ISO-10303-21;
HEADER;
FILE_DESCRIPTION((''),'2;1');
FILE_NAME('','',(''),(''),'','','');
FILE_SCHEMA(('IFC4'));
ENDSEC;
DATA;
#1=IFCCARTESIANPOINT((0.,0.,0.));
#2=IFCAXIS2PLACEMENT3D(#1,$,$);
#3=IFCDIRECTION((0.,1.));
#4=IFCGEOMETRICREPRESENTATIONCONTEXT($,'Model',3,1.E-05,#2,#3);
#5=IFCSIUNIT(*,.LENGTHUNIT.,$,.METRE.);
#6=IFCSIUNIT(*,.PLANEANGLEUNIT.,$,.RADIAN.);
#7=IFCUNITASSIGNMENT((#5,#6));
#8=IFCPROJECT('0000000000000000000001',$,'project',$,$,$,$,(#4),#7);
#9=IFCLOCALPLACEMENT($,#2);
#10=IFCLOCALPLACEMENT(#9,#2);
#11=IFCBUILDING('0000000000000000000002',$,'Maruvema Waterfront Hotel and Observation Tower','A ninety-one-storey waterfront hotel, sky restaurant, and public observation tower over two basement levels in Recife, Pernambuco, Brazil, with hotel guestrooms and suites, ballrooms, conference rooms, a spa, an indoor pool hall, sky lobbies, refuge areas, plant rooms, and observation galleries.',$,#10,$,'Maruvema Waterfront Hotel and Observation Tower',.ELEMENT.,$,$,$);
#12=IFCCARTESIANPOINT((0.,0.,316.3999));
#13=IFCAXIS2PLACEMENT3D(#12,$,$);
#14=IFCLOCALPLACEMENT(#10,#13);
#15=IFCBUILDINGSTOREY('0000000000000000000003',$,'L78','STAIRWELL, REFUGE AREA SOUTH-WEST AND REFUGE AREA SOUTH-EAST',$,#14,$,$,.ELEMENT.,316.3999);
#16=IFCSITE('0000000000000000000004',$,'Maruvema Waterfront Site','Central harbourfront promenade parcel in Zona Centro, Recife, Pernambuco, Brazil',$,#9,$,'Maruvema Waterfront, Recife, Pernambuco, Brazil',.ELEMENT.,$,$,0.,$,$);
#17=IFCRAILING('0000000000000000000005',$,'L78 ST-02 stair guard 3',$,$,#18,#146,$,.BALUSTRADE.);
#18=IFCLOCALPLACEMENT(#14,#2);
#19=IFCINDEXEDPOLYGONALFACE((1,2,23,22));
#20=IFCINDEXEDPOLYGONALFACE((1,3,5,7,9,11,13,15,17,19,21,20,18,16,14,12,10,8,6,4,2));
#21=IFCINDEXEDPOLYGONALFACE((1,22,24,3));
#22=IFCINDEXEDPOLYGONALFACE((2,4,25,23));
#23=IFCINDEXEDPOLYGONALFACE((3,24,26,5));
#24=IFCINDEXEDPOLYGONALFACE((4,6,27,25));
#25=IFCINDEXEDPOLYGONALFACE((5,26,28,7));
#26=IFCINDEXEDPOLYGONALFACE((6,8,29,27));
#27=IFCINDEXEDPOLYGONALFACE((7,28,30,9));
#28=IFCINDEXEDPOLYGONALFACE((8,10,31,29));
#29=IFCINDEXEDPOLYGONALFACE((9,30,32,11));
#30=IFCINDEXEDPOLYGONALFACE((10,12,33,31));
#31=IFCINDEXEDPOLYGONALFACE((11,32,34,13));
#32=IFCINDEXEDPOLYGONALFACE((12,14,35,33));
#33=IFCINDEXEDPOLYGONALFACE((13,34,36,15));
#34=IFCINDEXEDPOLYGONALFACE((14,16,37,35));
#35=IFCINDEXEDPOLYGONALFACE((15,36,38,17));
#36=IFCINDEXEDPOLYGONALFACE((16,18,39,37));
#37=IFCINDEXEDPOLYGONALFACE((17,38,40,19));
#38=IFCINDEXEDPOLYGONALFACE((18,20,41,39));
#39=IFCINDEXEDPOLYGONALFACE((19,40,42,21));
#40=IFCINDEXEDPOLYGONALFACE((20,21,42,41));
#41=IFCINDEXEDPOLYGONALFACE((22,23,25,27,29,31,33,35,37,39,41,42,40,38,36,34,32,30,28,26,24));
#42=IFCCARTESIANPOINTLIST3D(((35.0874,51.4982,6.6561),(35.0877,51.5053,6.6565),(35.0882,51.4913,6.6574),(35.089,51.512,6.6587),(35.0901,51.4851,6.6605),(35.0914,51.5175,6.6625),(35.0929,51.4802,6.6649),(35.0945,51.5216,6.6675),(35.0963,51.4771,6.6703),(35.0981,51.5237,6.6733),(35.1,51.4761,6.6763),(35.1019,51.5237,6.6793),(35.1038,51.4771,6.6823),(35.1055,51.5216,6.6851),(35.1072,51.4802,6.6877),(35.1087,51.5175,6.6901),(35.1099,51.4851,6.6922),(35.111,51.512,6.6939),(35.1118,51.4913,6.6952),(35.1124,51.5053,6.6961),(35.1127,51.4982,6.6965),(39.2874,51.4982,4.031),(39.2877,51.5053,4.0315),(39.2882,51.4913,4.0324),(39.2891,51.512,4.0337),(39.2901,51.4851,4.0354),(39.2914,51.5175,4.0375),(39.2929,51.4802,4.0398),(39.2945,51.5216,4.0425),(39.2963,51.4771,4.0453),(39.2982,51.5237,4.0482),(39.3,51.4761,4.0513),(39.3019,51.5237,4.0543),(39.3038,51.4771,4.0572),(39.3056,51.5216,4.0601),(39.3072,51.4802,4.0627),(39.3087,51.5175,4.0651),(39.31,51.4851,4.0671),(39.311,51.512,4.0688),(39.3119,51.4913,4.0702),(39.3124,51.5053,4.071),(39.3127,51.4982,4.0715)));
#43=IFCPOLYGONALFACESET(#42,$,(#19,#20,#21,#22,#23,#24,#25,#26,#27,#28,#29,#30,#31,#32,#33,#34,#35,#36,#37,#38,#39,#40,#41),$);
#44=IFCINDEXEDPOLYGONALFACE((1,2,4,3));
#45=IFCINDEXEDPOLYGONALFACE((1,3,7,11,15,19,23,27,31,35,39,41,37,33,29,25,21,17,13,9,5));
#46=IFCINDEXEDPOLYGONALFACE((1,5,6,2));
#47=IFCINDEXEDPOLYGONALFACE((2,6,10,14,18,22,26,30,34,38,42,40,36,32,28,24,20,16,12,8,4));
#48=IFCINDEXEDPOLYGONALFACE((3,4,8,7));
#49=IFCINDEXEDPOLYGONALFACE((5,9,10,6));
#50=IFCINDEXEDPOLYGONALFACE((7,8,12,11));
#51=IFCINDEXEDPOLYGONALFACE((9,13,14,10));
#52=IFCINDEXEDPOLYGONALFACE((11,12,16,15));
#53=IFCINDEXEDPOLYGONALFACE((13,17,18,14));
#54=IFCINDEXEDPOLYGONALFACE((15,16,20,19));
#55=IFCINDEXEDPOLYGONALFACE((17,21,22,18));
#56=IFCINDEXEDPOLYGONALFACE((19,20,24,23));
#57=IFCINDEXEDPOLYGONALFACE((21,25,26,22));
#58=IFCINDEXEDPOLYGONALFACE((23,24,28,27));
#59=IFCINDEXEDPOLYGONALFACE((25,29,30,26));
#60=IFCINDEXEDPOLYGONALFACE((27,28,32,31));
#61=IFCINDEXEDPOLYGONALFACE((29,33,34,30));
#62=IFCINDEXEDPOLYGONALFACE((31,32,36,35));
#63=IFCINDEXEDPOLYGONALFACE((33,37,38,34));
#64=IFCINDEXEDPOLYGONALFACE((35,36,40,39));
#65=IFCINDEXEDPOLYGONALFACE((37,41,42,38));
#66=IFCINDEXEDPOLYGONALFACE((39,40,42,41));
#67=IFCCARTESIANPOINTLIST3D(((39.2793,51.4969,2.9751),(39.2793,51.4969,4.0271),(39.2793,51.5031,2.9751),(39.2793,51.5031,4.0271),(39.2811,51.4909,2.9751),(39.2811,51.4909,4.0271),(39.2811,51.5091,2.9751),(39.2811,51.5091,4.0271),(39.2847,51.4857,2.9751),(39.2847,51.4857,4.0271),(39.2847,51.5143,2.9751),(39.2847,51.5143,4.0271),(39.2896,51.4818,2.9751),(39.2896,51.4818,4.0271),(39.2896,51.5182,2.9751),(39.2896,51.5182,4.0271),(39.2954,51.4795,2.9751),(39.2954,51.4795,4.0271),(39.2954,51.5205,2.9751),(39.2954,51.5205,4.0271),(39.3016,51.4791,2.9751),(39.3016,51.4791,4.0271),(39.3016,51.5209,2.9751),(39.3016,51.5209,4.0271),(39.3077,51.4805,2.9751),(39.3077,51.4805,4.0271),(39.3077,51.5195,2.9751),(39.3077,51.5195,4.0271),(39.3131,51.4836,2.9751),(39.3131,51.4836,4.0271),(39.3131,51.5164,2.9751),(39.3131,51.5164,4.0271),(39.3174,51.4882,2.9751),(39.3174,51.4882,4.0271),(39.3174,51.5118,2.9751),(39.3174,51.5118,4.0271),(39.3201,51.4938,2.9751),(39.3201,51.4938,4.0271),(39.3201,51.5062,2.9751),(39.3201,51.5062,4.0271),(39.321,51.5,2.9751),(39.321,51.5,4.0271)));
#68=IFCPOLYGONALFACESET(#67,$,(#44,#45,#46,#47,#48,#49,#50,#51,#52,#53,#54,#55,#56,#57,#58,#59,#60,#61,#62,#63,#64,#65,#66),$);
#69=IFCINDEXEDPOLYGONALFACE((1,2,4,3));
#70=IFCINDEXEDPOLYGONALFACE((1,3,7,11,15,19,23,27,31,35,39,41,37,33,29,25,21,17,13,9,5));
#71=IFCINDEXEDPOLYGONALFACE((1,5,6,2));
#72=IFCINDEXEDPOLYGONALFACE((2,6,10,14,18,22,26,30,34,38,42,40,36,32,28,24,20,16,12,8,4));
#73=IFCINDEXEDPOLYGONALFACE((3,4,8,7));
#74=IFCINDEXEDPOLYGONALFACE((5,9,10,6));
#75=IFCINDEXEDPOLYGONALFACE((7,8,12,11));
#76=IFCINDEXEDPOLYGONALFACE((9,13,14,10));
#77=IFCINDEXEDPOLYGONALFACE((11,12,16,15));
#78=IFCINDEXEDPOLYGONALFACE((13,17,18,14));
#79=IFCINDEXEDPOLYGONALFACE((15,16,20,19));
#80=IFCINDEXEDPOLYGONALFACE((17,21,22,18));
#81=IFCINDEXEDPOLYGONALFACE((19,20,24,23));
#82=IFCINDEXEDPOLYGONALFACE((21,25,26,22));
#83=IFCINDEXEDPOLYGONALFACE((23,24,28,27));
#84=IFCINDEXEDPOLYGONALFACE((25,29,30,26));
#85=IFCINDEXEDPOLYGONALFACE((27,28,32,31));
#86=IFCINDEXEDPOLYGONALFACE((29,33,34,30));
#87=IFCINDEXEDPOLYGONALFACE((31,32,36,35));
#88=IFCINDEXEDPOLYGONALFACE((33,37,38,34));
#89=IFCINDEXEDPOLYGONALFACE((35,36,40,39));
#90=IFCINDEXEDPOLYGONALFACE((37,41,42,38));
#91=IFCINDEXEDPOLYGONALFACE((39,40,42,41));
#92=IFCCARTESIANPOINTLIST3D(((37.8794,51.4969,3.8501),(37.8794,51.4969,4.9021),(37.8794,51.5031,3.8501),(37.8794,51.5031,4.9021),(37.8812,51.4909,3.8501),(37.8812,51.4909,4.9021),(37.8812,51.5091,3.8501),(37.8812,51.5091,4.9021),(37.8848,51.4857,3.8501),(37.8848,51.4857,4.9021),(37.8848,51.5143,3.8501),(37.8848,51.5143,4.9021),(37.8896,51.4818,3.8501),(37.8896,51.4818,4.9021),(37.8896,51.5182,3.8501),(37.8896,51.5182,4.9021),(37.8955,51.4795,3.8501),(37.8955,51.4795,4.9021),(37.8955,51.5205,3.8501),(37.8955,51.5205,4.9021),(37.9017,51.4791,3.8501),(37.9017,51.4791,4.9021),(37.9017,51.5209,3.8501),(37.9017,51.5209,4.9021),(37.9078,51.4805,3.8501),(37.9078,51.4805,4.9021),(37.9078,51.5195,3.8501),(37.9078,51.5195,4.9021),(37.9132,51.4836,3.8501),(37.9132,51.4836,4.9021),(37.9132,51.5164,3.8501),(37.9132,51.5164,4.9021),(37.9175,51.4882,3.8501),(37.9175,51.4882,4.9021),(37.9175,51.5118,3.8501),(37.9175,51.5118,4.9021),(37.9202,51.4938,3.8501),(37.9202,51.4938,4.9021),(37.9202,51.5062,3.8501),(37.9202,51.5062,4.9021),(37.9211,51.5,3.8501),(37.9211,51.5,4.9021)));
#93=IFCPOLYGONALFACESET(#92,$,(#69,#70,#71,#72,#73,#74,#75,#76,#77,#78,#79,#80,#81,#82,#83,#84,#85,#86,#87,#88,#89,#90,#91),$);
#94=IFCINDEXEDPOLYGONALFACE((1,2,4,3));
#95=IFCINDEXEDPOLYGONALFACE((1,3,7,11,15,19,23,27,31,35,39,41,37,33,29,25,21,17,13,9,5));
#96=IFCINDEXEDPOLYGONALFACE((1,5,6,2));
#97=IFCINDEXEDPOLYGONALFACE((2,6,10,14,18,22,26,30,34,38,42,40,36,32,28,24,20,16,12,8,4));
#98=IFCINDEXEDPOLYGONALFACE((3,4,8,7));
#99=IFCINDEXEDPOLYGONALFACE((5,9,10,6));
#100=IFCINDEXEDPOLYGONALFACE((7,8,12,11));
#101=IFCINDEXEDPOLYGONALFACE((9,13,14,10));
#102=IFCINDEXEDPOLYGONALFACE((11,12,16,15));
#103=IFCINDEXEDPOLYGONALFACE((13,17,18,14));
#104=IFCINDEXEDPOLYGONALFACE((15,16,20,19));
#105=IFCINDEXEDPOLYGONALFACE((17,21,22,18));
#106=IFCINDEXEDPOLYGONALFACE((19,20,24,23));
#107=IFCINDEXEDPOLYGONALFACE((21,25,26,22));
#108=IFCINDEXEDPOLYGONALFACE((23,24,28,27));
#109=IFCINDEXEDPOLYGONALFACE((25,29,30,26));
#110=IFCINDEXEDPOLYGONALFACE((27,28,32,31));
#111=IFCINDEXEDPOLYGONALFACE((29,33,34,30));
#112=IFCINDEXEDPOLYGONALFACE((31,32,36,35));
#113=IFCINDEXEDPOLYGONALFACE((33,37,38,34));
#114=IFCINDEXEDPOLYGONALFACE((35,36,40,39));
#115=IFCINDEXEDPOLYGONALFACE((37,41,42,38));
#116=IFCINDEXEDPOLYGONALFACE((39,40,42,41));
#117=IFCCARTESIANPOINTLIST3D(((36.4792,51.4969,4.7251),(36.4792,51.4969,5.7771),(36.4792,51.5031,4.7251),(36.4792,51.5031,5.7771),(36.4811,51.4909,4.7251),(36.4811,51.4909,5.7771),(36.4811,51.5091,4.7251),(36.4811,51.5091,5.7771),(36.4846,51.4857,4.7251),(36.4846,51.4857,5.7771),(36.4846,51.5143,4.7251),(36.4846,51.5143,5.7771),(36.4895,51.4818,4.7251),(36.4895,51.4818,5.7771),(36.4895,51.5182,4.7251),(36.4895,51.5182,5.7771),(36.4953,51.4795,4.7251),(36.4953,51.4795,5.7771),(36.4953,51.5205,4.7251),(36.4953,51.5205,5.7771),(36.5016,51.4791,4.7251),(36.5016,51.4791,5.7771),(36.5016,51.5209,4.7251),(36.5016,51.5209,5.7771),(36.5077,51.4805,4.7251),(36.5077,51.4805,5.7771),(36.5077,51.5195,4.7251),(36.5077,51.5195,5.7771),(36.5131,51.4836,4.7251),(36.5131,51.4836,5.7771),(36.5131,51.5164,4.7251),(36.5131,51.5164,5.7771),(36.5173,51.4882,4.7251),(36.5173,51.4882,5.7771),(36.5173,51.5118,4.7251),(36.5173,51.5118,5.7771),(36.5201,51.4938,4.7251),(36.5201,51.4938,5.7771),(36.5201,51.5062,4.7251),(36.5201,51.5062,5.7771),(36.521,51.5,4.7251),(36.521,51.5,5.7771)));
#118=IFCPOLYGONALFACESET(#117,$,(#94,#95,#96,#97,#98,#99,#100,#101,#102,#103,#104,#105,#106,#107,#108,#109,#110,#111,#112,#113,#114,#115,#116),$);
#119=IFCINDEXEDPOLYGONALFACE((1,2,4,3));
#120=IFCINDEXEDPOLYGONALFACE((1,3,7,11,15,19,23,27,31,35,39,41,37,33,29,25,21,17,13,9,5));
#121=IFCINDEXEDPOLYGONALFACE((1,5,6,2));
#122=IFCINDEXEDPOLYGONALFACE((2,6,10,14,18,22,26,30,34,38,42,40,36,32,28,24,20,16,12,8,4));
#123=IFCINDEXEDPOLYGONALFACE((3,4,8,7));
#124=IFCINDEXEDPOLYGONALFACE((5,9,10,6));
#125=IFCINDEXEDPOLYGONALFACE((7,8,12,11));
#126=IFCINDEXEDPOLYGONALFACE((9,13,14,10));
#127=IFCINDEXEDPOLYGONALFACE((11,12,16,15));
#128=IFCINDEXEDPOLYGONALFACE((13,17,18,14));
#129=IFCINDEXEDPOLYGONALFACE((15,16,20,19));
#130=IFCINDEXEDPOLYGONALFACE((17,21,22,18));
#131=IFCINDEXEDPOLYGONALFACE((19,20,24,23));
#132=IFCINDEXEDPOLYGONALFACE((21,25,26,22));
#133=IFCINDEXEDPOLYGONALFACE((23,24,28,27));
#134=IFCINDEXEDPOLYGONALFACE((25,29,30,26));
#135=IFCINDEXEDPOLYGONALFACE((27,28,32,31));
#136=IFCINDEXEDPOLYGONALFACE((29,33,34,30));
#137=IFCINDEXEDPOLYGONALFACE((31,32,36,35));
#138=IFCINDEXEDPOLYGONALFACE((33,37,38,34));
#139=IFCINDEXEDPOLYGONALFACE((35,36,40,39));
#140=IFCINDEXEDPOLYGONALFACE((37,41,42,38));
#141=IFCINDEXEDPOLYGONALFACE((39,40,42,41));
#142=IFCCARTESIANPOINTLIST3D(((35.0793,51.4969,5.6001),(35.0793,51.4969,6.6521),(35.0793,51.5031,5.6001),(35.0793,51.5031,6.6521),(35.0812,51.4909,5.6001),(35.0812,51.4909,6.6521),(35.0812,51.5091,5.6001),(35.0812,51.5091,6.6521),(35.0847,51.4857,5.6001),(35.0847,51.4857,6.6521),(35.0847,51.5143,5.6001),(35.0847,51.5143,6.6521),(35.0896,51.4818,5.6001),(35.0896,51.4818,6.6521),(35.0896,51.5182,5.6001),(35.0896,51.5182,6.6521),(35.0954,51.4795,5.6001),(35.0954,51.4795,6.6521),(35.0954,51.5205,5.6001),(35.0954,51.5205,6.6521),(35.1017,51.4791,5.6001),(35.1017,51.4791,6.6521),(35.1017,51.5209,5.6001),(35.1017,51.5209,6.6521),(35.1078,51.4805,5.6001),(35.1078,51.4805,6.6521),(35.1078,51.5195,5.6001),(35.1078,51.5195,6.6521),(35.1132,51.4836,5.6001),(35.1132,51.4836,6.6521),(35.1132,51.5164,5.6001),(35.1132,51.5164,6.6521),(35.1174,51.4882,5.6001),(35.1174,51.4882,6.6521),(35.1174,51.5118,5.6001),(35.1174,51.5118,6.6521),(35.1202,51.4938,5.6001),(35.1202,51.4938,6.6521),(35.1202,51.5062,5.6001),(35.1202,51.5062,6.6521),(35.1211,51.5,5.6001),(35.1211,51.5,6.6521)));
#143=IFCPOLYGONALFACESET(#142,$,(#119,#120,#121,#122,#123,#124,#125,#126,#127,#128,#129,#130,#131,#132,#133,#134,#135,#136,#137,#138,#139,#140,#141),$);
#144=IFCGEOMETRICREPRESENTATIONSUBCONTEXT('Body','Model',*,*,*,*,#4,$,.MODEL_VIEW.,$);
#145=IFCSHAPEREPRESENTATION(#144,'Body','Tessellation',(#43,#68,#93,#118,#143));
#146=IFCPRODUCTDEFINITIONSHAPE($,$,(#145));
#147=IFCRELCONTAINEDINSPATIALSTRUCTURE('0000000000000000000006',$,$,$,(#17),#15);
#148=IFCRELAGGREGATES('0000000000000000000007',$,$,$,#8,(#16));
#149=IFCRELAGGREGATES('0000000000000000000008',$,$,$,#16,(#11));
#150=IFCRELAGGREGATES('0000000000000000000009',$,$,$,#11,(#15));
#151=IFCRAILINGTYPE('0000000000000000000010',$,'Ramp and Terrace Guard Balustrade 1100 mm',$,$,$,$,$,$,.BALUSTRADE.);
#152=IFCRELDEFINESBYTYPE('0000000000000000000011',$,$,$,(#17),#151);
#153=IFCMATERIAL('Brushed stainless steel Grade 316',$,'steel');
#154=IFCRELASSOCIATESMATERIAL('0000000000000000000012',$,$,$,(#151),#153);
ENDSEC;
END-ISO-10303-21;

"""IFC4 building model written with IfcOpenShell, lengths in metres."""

from ifc_helpers import new_model, si_unit, direction, frame, origin, origin_2d, place, context, subcontext, project, spatial, circle, extrude, material, type_object, element, save


model = new_model("IFC4")

# Units and contexts
model_context = context("Model", 3, precision=1e-05, world=origin(), true_north=direction((0.0, 1.0)))
body_context = subcontext(model_context, "Body", "Model", "MODEL_VIEW")
ifc_project = project(units=[si_unit("LENGTHUNIT", "METRE"), si_unit("PLANEANGLEUNIT", "RADIAN")], contexts=[model_context])

# Site, building, storey
site_placement = place(None, origin())
site = spatial("IfcSite", under=ifc_project, at=site_placement, Name="Maruvema Waterfront Site", Description="Central harbourfront promenade parcel in Zona Centro, Recife, Pernambuco, Brazil", LongName="Maruvema Waterfront, Recife, Pernambuco, Brazil", CompositionType="ELEMENT", RefElevation=0.0)
building_placement = place(site_placement, origin())
building = spatial("IfcBuilding", under=site, at=building_placement, Name="Maruvema Waterfront Hotel and Observation Tower", Description="A ninety-one-storey waterfront hotel, sky restaurant, and public observation tower over two basement levels in Recife, Pernambuco, Brazil, with hotel guestrooms and suites, ballrooms, conference rooms, a spa, an indoor pool hall, sky lobbies, refuge areas, plant rooms, and observation galleries.", LongName="Maruvema Waterfront Hotel and Observation Tower", CompositionType="ELEMENT")
storey_placement = place(building_placement, frame((0.0, 0.0, 316.3999)))
storey = spatial("IfcBuildingStorey", under=building, at=storey_placement, Name="L78", Description="STAIRWELL, REFUGE AREA SOUTH-WEST AND REFUGE AREA SOUTH-EAST", CompositionType="ELEMENT", Elevation=316.3999)

# Railing
ifc_material_1 = material(Name="Brushed stainless steel Grade 316", Category="steel")
railing_type_1 = type_object("IfcRailingType", Name="Ramp and Terrace Guard Balustrade 1100 mm", PredefinedType="BALUSTRADE", material=ifc_material_1)
railing_1_placement = place(storey_placement, frame((39.3, 51.5, 2.9751)))
element("IfcRailing", 1, at=railing_1_placement, inside=storey, type_object=railing_type_1, Name="L78 ST-02 stair guard 3", PredefinedType="BALUSTRADE", context=body_context, shape_type="SweptSolid", body=[
    extrude(circle(Radius=0.0239, at=origin_2d()), frame((0.0, 0.0, 1.0762), z_axis=(-0.847996, 0.0, 0.530003), x_axis=(0.0, -1.0, 0.0)), (0.0, 0.0, 1.0), 4.9529),
    extrude(circle(Radius=0.021, at=origin_2d()), origin(), (0.0, 0.0, 1.0), 1.052),
    extrude(circle(Radius=0.021, at=origin_2d()), frame((-1.3999, 0.0, 0.875)), (0.0, 0.0, 1.0), 1.052),
    extrude(circle(Radius=0.021, at=origin_2d()), frame((-2.8, 0.0, 1.75)), (0.0, 0.0, 1.0), 1.052),
    extrude(circle(Radius=0.021, at=origin_2d()), frame((-4.2, 0.0, 2.625)), (0.0, 0.0, 1.0), 1.052),
])

save(model, "model.ifc")
